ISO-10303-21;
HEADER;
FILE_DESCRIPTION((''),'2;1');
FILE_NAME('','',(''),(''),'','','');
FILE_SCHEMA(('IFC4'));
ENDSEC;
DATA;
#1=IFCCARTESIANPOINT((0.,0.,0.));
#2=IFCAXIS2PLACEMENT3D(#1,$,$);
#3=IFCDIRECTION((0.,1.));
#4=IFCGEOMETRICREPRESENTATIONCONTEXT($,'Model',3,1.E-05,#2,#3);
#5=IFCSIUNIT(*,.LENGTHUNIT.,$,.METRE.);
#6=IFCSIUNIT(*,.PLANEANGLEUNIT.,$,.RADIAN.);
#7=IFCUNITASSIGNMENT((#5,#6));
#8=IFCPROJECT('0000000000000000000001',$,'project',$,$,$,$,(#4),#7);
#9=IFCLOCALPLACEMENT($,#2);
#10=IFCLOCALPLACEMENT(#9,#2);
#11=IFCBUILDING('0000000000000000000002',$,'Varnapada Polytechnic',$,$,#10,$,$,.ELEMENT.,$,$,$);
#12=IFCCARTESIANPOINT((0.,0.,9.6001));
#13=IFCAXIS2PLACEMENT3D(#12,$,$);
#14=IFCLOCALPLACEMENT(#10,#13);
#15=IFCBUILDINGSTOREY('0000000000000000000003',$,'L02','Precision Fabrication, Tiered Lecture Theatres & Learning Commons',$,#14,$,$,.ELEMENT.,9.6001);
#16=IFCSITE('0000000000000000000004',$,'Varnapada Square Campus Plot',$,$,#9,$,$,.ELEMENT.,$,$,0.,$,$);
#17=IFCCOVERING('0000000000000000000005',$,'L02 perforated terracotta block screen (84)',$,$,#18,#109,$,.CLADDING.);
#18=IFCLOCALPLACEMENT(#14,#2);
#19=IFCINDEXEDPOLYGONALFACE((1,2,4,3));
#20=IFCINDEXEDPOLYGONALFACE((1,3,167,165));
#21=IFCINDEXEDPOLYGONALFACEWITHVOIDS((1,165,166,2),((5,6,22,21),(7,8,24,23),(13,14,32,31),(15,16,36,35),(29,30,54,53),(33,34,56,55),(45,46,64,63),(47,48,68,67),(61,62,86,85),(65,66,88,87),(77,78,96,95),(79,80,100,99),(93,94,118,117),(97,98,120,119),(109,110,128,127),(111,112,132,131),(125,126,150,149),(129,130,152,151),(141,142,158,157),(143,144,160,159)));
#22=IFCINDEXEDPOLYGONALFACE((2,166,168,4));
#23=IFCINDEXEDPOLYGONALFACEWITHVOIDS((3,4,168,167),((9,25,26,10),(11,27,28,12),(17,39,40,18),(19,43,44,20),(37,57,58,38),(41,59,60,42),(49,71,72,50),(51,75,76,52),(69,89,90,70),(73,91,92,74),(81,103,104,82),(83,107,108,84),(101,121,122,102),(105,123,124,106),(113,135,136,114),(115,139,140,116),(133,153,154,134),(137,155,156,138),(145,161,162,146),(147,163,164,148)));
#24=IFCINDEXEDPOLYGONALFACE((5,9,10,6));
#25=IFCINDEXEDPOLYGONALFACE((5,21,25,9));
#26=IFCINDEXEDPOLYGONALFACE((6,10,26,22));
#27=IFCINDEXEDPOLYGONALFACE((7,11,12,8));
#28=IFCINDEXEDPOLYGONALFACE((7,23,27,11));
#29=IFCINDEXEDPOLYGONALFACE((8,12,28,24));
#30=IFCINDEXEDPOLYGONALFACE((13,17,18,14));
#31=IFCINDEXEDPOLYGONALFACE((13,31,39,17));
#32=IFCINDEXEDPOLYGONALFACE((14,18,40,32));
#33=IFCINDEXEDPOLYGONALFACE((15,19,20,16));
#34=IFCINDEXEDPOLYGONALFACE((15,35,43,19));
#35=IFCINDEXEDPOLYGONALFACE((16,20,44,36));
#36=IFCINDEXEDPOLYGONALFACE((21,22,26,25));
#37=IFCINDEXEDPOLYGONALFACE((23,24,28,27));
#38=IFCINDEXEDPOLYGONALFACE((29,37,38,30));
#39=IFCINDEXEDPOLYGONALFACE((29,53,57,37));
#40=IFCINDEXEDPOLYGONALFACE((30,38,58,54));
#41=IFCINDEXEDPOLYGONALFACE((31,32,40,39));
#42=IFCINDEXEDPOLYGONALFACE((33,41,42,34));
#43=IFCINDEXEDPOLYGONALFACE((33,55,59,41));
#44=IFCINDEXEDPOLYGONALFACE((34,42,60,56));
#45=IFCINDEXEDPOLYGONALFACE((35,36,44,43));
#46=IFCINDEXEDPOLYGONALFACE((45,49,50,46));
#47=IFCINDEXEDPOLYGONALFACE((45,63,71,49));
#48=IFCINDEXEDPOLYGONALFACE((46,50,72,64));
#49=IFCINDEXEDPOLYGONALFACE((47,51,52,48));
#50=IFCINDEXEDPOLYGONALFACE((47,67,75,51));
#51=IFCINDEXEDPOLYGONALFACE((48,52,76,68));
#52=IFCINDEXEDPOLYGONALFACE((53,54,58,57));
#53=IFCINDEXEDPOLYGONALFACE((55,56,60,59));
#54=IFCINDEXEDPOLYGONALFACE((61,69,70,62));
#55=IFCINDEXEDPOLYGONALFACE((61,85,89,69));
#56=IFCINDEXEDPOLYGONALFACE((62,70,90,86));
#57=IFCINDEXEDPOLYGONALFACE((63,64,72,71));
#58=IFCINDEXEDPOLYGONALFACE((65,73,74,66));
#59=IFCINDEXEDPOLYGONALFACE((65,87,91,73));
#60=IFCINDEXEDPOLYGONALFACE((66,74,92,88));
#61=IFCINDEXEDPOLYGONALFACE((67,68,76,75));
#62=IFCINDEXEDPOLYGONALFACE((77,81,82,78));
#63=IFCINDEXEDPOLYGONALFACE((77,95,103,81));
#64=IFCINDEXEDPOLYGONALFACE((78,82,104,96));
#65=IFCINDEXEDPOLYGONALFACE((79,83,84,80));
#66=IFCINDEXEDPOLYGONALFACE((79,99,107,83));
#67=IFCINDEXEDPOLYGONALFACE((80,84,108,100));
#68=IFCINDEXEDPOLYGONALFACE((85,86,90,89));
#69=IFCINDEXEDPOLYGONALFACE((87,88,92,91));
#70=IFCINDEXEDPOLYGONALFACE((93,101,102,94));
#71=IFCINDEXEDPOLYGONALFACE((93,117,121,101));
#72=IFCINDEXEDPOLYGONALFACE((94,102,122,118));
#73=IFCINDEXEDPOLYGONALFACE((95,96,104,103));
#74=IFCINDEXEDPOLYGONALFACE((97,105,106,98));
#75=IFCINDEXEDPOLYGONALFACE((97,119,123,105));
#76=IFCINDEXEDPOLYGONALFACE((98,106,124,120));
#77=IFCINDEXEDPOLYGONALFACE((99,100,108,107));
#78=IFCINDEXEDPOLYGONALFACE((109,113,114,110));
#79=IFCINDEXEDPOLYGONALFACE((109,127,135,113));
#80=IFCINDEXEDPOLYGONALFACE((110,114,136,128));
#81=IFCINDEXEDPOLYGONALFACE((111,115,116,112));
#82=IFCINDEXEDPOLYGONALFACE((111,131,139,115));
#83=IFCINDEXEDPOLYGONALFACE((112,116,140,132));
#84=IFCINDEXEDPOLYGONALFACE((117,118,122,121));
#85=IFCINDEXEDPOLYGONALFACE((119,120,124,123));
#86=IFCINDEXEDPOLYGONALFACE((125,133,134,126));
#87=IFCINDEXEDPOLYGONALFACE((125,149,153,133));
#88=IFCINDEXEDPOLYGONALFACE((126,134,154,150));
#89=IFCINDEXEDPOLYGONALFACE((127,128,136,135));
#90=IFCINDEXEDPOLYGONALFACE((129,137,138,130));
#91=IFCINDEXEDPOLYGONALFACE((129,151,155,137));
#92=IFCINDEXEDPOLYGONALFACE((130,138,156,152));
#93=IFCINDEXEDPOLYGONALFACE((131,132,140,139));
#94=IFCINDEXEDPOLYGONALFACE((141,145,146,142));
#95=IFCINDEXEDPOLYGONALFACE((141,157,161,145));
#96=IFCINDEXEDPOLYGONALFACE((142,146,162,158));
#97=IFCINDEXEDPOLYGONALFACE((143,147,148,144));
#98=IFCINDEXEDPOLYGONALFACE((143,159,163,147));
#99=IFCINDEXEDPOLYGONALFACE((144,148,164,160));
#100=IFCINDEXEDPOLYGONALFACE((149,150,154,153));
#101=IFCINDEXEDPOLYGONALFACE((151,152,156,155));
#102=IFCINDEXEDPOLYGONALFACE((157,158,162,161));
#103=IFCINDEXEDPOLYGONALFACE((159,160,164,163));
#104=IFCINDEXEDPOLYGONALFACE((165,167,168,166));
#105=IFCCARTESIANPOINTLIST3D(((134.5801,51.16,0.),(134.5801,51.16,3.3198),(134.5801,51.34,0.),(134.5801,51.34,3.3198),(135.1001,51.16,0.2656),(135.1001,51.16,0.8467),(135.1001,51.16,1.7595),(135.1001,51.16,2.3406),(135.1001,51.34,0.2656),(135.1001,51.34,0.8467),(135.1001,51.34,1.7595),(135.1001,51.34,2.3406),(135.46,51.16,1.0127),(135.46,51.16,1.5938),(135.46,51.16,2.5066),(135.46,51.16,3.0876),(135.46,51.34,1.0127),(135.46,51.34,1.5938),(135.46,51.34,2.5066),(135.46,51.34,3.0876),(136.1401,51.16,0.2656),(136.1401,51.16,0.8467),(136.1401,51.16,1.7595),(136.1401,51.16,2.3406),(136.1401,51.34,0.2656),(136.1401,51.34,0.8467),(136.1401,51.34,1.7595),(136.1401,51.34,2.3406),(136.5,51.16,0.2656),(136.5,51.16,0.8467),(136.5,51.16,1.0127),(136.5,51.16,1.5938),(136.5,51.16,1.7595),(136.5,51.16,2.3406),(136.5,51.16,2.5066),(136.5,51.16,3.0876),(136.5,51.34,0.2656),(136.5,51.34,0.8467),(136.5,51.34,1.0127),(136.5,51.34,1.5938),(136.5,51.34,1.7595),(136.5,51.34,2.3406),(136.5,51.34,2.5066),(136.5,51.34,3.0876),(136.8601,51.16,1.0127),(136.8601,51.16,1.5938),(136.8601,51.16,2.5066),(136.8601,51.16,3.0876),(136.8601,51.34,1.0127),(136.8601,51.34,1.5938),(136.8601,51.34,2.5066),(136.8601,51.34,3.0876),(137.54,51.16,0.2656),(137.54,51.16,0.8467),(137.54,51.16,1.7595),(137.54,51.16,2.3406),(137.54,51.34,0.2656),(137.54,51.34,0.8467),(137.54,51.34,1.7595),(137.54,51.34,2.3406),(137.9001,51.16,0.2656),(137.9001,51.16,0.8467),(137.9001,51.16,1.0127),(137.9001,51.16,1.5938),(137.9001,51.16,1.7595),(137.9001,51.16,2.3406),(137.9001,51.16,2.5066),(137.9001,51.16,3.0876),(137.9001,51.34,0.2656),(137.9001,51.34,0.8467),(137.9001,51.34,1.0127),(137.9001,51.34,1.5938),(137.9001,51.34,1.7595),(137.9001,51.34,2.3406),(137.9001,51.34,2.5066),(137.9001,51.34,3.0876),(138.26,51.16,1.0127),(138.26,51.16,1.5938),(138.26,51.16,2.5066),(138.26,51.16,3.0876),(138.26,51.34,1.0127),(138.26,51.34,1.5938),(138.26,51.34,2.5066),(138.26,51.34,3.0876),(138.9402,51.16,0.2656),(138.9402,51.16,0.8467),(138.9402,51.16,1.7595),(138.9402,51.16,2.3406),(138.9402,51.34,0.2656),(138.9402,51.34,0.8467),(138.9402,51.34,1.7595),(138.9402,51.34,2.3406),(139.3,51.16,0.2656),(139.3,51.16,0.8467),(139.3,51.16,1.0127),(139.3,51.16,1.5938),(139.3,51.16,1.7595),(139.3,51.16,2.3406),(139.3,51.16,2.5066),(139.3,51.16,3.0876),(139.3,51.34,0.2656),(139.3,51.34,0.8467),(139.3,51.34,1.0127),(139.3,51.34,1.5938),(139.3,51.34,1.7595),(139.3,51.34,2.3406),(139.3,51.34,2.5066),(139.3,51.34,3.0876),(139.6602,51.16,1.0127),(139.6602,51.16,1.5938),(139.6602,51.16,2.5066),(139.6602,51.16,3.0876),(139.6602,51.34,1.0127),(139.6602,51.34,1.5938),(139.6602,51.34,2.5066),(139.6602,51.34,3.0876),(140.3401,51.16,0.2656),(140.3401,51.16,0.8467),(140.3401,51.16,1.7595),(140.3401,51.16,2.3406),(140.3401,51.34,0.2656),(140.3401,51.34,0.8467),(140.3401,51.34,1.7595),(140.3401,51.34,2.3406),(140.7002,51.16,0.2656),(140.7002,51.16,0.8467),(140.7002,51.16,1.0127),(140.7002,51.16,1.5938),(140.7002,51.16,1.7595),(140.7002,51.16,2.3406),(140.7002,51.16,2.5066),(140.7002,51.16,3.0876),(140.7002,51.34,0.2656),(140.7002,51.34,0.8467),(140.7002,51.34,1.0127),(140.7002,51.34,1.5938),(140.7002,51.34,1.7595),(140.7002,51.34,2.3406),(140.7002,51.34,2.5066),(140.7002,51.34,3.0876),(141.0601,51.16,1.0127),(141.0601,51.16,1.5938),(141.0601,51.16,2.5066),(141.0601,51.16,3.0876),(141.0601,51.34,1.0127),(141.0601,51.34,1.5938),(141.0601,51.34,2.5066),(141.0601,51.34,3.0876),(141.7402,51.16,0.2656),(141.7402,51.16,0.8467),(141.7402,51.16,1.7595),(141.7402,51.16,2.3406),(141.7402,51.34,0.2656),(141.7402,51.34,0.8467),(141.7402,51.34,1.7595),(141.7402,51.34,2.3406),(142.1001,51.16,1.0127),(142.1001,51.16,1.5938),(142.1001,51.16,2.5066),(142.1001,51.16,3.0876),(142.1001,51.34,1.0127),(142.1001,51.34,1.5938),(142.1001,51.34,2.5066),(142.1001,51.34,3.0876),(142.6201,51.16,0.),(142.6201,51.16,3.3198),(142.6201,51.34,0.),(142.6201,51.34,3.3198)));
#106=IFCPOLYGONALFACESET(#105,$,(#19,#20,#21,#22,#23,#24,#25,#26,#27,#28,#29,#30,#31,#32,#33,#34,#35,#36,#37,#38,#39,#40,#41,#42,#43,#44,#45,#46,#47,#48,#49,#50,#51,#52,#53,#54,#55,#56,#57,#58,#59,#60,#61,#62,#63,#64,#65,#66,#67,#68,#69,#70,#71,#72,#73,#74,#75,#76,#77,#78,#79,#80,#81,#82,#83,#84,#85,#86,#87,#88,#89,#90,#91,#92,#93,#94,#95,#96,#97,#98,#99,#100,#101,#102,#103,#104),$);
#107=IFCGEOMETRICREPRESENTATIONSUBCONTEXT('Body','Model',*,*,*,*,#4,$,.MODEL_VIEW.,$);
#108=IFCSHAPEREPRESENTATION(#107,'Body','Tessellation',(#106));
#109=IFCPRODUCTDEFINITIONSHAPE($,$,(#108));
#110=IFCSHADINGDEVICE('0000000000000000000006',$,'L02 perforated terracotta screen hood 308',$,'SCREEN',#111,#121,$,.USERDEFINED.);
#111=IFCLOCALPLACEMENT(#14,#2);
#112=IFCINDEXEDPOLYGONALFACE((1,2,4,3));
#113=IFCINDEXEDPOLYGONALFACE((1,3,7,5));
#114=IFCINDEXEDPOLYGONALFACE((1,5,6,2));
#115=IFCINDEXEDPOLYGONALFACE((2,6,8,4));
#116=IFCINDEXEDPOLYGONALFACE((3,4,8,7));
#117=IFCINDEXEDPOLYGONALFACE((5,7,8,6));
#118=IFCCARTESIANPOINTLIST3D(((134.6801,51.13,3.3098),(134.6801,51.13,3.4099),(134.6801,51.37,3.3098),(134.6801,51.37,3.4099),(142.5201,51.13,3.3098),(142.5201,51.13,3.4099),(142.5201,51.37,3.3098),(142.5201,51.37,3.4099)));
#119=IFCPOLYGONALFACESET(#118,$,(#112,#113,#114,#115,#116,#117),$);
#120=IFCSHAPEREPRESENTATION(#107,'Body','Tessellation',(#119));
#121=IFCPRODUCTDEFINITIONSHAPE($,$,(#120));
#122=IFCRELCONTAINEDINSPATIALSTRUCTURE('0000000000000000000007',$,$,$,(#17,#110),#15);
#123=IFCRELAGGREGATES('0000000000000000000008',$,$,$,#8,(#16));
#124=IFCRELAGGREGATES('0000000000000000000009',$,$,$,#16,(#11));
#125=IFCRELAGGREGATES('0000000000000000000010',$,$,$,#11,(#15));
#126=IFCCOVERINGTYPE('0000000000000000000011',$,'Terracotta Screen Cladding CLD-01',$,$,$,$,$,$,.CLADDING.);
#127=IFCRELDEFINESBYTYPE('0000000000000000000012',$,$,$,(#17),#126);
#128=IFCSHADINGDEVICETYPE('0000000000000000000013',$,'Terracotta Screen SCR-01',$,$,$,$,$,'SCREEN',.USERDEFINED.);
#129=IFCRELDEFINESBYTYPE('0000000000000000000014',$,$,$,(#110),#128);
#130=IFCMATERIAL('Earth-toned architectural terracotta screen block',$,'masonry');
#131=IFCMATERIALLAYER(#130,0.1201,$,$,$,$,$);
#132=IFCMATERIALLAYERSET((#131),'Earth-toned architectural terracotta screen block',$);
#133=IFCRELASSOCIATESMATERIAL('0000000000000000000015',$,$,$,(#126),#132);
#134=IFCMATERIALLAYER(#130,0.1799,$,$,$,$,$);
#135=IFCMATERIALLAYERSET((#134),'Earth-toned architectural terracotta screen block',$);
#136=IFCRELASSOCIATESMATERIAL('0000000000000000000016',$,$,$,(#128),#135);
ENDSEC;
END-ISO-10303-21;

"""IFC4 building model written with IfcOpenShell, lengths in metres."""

from ifc_helpers import new_model, si_unit, direction, frame, frame_2d, origin, origin_2d, place, context, subcontext, project, spatial, rectangle, extrude, material, layer, layer_set, type_object, element, save


model = new_model("IFC4")

# Units and contexts
model_context = context("Model", 3, precision=1e-05, world=origin(), true_north=direction((0.0, 1.0)))
body_context = subcontext(model_context, "Body", "Model", "MODEL_VIEW")
ifc_project = project(units=[si_unit("LENGTHUNIT", "METRE"), si_unit("PLANEANGLEUNIT", "RADIAN")], contexts=[model_context])

# Site, building, storey
site_placement = place(None, origin())
site = spatial("IfcSite", under=ifc_project, at=site_placement, Name="Varnapada Square Campus Plot", CompositionType="ELEMENT", RefElevation=0.0)
building_placement = place(site_placement, origin())
building = spatial("IfcBuilding", under=site, at=building_placement, Name="Varnapada Polytechnic", CompositionType="ELEMENT")
storey_placement = place(building_placement, frame((0.0, 0.0, 9.6001)))
storey = spatial("IfcBuildingStorey", under=building, at=storey_placement, Name="L02", Description="Precision Fabrication, Tiered Lecture Theatres & Learning Commons", CompositionType="ELEMENT", Elevation=9.6001)

# Covering, openings
ifc_material_1 = material(Name="Earth-toned architectural terracotta screen block", Category="masonry")
ifc_layer_1 = layer(ifc_material_1, 0.1201)
ifc_layer_set_1 = layer_set([ifc_layer_1], Name="Earth-toned architectural terracotta screen block")
covering_type = type_object("IfcCoveringType", Name="Terracotta Screen Cladding CLD-01", PredefinedType="CLADDING", material=ifc_layer_set_1)
covering_placement = place(storey_placement, frame((134.5801, 51.25, 0.0), z_axis=(0.0, 0.0, 1.0), x_axis=(1.0, 0.0, 0.0)))
covering = element("IfcCovering", 1, at=covering_placement, inside=storey, type_object=covering_type, Name="L02 perforated terracotta block screen (84)", PredefinedType="CLADDING", context=body_context, shape_type="SweptSolid", body=[
    extrude(rectangle(XDim=8.04, YDim=0.1799, at=frame_2d((4.02, 0.0))), origin(), (0.0, 0.0, 1.0), 3.3198),
])
opening_1_placement = place(covering_placement, frame((0.52, 0.0, 0.2656)))
element("IfcOpeningElement", 2, at=opening_1_placement, cuts=covering, PredefinedType="OPENING", context=body_context, shape_type="SweptSolid", body=[
    extrude(rectangle(XDim=1.04, YDim=0.5811, at=frame_2d((0.52, 0.2905))), frame((0.0, 0.0999, 0.0), z_axis=(0.0, -1.0, 0.0), x_axis=(1.0, 0.0, 0.0)), (0.0, 0.0, 1.0), 0.2),
])
opening_2_placement = place(covering_placement, frame((1.9199, 0.0, 0.2656)))
element("IfcOpeningElement", 3, at=opening_2_placement, cuts=covering, PredefinedType="OPENING", context=body_context, shape_type="SweptSolid", body=[
    extrude(rectangle(XDim=1.04, YDim=0.5811, at=frame_2d((0.52, 0.2905))), frame((0.0, 0.0999, 0.0), z_axis=(0.0, -1.0, 0.0), x_axis=(1.0, 0.0, 0.0)), (0.0, 0.0, 1.0), 0.2),
])
opening_3_placement = place(covering_placement, frame((3.3201, 0.0, 0.2656)))
element("IfcOpeningElement", 4, at=opening_3_placement, cuts=covering, PredefinedType="OPENING", context=body_context, shape_type="SweptSolid", body=[
    extrude(rectangle(XDim=1.04, YDim=0.5811, at=frame_2d((0.52, 0.2905))), frame((0.0, 0.0999, 0.0), z_axis=(0.0, -1.0, 0.0), x_axis=(1.0, 0.0, 0.0)), (0.0, 0.0, 1.0), 0.2),
])
opening_4_placement = place(covering_placement, frame((4.72, 0.0, 0.2656)))
element("IfcOpeningElement", 5, at=opening_4_placement, cuts=covering, PredefinedType="OPENING", context=body_context, shape_type="SweptSolid", body=[
    extrude(rectangle(XDim=1.04, YDim=0.5811, at=frame_2d((0.52, 0.2905))), frame((0.0, 0.0999, 0.0), z_axis=(0.0, -1.0, 0.0), x_axis=(1.0, 0.0, 0.0)), (0.0, 0.0, 1.0), 0.2),
])
opening_5_placement = place(covering_placement, frame((6.1201, 0.0, 0.2656)))
element("IfcOpeningElement", 6, at=opening_5_placement, cuts=covering, PredefinedType="OPENING", context=body_context, shape_type="SweptSolid", body=[
    extrude(rectangle(XDim=1.04, YDim=0.5811, at=frame_2d((0.52, 0.2905))), frame((0.0, 0.0999, 0.0), z_axis=(0.0, -1.0, 0.0), x_axis=(1.0, 0.0, 0.0)), (0.0, 0.0, 1.0), 0.2),
])
opening_6_placement = place(covering_placement, frame((0.8799, 0.0, 1.0127)))
element("IfcOpeningElement", 7, at=opening_6_placement, cuts=covering, PredefinedType="OPENING", context=body_context, shape_type="SweptSolid", body=[
    extrude(rectangle(XDim=1.04, YDim=0.5811, at=frame_2d((0.52, 0.2905))), frame((0.0, 0.0999, 0.0), z_axis=(0.0, -1.0, 0.0), x_axis=(1.0, 0.0, 0.0)), (0.0, 0.0, 1.0), 0.2),
])
opening_7_placement = place(covering_placement, frame((2.28, 0.0, 1.0127)))
element("IfcOpeningElement", 8, at=opening_7_placement, cuts=covering, PredefinedType="OPENING", context=body_context, shape_type="SweptSolid", body=[
    extrude(rectangle(XDim=1.04, YDim=0.5811, at=frame_2d((0.52, 0.2905))), frame((0.0, 0.0999, 0.0), z_axis=(0.0, -1.0, 0.0), x_axis=(1.0, 0.0, 0.0)), (0.0, 0.0, 1.0), 0.2),
])
opening_8_placement = place(covering_placement, frame((3.6799, 0.0, 1.0127)))
element("IfcOpeningElement", 9, at=opening_8_placement, cuts=covering, PredefinedType="OPENING", context=body_context, shape_type="SweptSolid", body=[
    extrude(rectangle(XDim=1.04, YDim=0.5811, at=frame_2d((0.52, 0.2905))), frame((0.0, 0.0999, 0.0), z_axis=(0.0, -1.0, 0.0), x_axis=(1.0, 0.0, 0.0)), (0.0, 0.0, 1.0), 0.2),
])
opening_9_placement = place(covering_placement, frame((5.0801, 0.0, 1.0127)))
element("IfcOpeningElement", 10, at=opening_9_placement, cuts=covering, PredefinedType="OPENING", context=body_context, shape_type="SweptSolid", body=[
    extrude(rectangle(XDim=1.04, YDim=0.5811, at=frame_2d((0.52, 0.2905))), frame((0.0, 0.0999, 0.0), z_axis=(0.0, -1.0, 0.0), x_axis=(1.0, 0.0, 0.0)), (0.0, 0.0, 1.0), 0.2),
])
opening_10_placement = place(covering_placement, frame((6.48, 0.0, 1.0127)))
element("IfcOpeningElement", 11, at=opening_10_placement, cuts=covering, PredefinedType="OPENING", context=body_context, shape_type="SweptSolid", body=[
    extrude(rectangle(XDim=1.04, YDim=0.5811, at=frame_2d((0.52, 0.2905))), frame((0.0, 0.0999, 0.0), z_axis=(0.0, -1.0, 0.0), x_axis=(1.0, 0.0, 0.0)), (0.0, 0.0, 1.0), 0.2),
])
opening_11_placement = place(covering_placement, frame((0.52, 0.0, 1.7595)))
element("IfcOpeningElement", 12, at=opening_11_placement, cuts=covering, PredefinedType="OPENING", context=body_context, shape_type="SweptSolid", body=[
    extrude(rectangle(XDim=1.04, YDim=0.5811, at=frame_2d((0.52, 0.2905))), frame((0.0, 0.0999, 0.0), z_axis=(0.0, -1.0, 0.0), x_axis=(1.0, 0.0, 0.0)), (0.0, 0.0, 1.0), 0.2),
])
opening_12_placement = place(covering_placement, frame((1.9199, 0.0, 1.7595)))
element("IfcOpeningElement", 13, at=opening_12_placement, cuts=covering, PredefinedType="OPENING", context=body_context, shape_type="SweptSolid", body=[
    extrude(rectangle(XDim=1.04, YDim=0.5811, at=frame_2d((0.52, 0.2905))), frame((0.0, 0.0999, 0.0), z_axis=(0.0, -1.0, 0.0), x_axis=(1.0, 0.0, 0.0)), (0.0, 0.0, 1.0), 0.2),
])
opening_13_placement = place(covering_placement, frame((3.3201, 0.0, 1.7595)))
element("IfcOpeningElement", 14, at=opening_13_placement, cuts=covering, PredefinedType="OPENING", context=body_context, shape_type="SweptSolid", body=[
    extrude(rectangle(XDim=1.04, YDim=0.5811, at=frame_2d((0.52, 0.2905))), frame((0.0, 0.0999, 0.0), z_axis=(0.0, -1.0, 0.0), x_axis=(1.0, 0.0, 0.0)), (0.0, 0.0, 1.0), 0.2),
])
opening_14_placement = place(covering_placement, frame((4.72, 0.0, 1.7595)))
element("IfcOpeningElement", 15, at=opening_14_placement, cuts=covering, PredefinedType="OPENING", context=body_context, shape_type="SweptSolid", body=[
    extrude(rectangle(XDim=1.04, YDim=0.5811, at=frame_2d((0.52, 0.2905))), frame((0.0, 0.0999, 0.0), z_axis=(0.0, -1.0, 0.0), x_axis=(1.0, 0.0, 0.0)), (0.0, 0.0, 1.0), 0.2),
])
opening_15_placement = place(covering_placement, frame((6.1201, 0.0, 1.7595)))
element("IfcOpeningElement", 16, at=opening_15_placement, cuts=covering, PredefinedType="OPENING", context=body_context, shape_type="SweptSolid", body=[
    extrude(rectangle(XDim=1.04, YDim=0.5811, at=frame_2d((0.52, 0.2905))), frame((0.0, 0.0999, 0.0), z_axis=(0.0, -1.0, 0.0), x_axis=(1.0, 0.0, 0.0)), (0.0, 0.0, 1.0), 0.2),
])
opening_16_placement = place(covering_placement, frame((0.8799, 0.0, 2.5066)))
element("IfcOpeningElement", 17, at=opening_16_placement, cuts=covering, PredefinedType="OPENING", context=body_context, shape_type="SweptSolid", body=[
    extrude(rectangle(XDim=1.04, YDim=0.5811, at=frame_2d((0.52, 0.2905))), frame((0.0, 0.0999, 0.0), z_axis=(0.0, -1.0, 0.0), x_axis=(1.0, 0.0, 0.0)), (0.0, 0.0, 1.0), 0.2),
])
opening_17_placement = place(covering_placement, frame((2.28, 0.0, 2.5066)))
element("IfcOpeningElement", 18, at=opening_17_placement, cuts=covering, PredefinedType="OPENING", context=body_context, shape_type="SweptSolid", body=[
    extrude(rectangle(XDim=1.04, YDim=0.5811, at=frame_2d((0.52, 0.2905))), frame((0.0, 0.0999, 0.0), z_axis=(0.0, -1.0, 0.0), x_axis=(1.0, 0.0, 0.0)), (0.0, 0.0, 1.0), 0.2),
])
opening_18_placement = place(covering_placement, frame((3.6799, 0.0, 2.5066)))
element("IfcOpeningElement", 19, at=opening_18_placement, cuts=covering, PredefinedType="OPENING", context=body_context, shape_type="SweptSolid", body=[
    extrude(rectangle(XDim=1.04, YDim=0.5811, at=frame_2d((0.52, 0.2905))), frame((0.0, 0.0999, 0.0), z_axis=(0.0, -1.0, 0.0), x_axis=(1.0, 0.0, 0.0)), (0.0, 0.0, 1.0), 0.2),
])
opening_19_placement = place(covering_placement, frame((5.0801, 0.0, 2.5066)))
element("IfcOpeningElement", 20, at=opening_19_placement, cuts=covering, PredefinedType="OPENING", context=body_context, shape_type="SweptSolid", body=[
    extrude(rectangle(XDim=1.04, YDim=0.5811, at=frame_2d((0.52, 0.2905))), frame((0.0, 0.0999, 0.0), z_axis=(0.0, -1.0, 0.0), x_axis=(1.0, 0.0, 0.0)), (0.0, 0.0, 1.0), 0.2),
])
opening_20_placement = place(covering_placement, frame((6.48, 0.0, 2.5066)))
element("IfcOpeningElement", 21, at=opening_20_placement, cuts=covering, PredefinedType="OPENING", context=body_context, shape_type="SweptSolid", body=[
    extrude(rectangle(XDim=1.04, YDim=0.5811, at=frame_2d((0.52, 0.2905))), frame((0.0, 0.0999, 0.0), z_axis=(0.0, -1.0, 0.0), x_axis=(1.0, 0.0, 0.0)), (0.0, 0.0, 1.0), 0.2),
])

# Shading device
ifc_layer_2 = layer(ifc_material_1, 0.1799)
ifc_layer_set_2 = layer_set([ifc_layer_2], Name="Earth-toned architectural terracotta screen block")
shading_device_type = type_object("IfcShadingDeviceType", Name="Terracotta Screen SCR-01", ElementType="SCREEN", PredefinedType="USERDEFINED", material=ifc_layer_set_2)
shading_device_1_placement = place(storey_placement, frame((138.6001, 51.25, 3.3098), z_axis=(0.0, 0.0, 1.0), x_axis=(1.0, 0.0, 0.0)))
element("IfcShadingDevice", 22, at=shading_device_1_placement, inside=storey, type_object=shading_device_type, Name="L02 perforated terracotta screen hood 308", ObjectType="SCREEN", PredefinedType="USERDEFINED", context=body_context, shape_type="SweptSolid", body=[
    extrude(rectangle(XDim=7.8401, YDim=0.24, at=origin_2d()), origin(), (0.0, 0.0, 1.0), 0.1001),
])

save(model, "model.ifc")
